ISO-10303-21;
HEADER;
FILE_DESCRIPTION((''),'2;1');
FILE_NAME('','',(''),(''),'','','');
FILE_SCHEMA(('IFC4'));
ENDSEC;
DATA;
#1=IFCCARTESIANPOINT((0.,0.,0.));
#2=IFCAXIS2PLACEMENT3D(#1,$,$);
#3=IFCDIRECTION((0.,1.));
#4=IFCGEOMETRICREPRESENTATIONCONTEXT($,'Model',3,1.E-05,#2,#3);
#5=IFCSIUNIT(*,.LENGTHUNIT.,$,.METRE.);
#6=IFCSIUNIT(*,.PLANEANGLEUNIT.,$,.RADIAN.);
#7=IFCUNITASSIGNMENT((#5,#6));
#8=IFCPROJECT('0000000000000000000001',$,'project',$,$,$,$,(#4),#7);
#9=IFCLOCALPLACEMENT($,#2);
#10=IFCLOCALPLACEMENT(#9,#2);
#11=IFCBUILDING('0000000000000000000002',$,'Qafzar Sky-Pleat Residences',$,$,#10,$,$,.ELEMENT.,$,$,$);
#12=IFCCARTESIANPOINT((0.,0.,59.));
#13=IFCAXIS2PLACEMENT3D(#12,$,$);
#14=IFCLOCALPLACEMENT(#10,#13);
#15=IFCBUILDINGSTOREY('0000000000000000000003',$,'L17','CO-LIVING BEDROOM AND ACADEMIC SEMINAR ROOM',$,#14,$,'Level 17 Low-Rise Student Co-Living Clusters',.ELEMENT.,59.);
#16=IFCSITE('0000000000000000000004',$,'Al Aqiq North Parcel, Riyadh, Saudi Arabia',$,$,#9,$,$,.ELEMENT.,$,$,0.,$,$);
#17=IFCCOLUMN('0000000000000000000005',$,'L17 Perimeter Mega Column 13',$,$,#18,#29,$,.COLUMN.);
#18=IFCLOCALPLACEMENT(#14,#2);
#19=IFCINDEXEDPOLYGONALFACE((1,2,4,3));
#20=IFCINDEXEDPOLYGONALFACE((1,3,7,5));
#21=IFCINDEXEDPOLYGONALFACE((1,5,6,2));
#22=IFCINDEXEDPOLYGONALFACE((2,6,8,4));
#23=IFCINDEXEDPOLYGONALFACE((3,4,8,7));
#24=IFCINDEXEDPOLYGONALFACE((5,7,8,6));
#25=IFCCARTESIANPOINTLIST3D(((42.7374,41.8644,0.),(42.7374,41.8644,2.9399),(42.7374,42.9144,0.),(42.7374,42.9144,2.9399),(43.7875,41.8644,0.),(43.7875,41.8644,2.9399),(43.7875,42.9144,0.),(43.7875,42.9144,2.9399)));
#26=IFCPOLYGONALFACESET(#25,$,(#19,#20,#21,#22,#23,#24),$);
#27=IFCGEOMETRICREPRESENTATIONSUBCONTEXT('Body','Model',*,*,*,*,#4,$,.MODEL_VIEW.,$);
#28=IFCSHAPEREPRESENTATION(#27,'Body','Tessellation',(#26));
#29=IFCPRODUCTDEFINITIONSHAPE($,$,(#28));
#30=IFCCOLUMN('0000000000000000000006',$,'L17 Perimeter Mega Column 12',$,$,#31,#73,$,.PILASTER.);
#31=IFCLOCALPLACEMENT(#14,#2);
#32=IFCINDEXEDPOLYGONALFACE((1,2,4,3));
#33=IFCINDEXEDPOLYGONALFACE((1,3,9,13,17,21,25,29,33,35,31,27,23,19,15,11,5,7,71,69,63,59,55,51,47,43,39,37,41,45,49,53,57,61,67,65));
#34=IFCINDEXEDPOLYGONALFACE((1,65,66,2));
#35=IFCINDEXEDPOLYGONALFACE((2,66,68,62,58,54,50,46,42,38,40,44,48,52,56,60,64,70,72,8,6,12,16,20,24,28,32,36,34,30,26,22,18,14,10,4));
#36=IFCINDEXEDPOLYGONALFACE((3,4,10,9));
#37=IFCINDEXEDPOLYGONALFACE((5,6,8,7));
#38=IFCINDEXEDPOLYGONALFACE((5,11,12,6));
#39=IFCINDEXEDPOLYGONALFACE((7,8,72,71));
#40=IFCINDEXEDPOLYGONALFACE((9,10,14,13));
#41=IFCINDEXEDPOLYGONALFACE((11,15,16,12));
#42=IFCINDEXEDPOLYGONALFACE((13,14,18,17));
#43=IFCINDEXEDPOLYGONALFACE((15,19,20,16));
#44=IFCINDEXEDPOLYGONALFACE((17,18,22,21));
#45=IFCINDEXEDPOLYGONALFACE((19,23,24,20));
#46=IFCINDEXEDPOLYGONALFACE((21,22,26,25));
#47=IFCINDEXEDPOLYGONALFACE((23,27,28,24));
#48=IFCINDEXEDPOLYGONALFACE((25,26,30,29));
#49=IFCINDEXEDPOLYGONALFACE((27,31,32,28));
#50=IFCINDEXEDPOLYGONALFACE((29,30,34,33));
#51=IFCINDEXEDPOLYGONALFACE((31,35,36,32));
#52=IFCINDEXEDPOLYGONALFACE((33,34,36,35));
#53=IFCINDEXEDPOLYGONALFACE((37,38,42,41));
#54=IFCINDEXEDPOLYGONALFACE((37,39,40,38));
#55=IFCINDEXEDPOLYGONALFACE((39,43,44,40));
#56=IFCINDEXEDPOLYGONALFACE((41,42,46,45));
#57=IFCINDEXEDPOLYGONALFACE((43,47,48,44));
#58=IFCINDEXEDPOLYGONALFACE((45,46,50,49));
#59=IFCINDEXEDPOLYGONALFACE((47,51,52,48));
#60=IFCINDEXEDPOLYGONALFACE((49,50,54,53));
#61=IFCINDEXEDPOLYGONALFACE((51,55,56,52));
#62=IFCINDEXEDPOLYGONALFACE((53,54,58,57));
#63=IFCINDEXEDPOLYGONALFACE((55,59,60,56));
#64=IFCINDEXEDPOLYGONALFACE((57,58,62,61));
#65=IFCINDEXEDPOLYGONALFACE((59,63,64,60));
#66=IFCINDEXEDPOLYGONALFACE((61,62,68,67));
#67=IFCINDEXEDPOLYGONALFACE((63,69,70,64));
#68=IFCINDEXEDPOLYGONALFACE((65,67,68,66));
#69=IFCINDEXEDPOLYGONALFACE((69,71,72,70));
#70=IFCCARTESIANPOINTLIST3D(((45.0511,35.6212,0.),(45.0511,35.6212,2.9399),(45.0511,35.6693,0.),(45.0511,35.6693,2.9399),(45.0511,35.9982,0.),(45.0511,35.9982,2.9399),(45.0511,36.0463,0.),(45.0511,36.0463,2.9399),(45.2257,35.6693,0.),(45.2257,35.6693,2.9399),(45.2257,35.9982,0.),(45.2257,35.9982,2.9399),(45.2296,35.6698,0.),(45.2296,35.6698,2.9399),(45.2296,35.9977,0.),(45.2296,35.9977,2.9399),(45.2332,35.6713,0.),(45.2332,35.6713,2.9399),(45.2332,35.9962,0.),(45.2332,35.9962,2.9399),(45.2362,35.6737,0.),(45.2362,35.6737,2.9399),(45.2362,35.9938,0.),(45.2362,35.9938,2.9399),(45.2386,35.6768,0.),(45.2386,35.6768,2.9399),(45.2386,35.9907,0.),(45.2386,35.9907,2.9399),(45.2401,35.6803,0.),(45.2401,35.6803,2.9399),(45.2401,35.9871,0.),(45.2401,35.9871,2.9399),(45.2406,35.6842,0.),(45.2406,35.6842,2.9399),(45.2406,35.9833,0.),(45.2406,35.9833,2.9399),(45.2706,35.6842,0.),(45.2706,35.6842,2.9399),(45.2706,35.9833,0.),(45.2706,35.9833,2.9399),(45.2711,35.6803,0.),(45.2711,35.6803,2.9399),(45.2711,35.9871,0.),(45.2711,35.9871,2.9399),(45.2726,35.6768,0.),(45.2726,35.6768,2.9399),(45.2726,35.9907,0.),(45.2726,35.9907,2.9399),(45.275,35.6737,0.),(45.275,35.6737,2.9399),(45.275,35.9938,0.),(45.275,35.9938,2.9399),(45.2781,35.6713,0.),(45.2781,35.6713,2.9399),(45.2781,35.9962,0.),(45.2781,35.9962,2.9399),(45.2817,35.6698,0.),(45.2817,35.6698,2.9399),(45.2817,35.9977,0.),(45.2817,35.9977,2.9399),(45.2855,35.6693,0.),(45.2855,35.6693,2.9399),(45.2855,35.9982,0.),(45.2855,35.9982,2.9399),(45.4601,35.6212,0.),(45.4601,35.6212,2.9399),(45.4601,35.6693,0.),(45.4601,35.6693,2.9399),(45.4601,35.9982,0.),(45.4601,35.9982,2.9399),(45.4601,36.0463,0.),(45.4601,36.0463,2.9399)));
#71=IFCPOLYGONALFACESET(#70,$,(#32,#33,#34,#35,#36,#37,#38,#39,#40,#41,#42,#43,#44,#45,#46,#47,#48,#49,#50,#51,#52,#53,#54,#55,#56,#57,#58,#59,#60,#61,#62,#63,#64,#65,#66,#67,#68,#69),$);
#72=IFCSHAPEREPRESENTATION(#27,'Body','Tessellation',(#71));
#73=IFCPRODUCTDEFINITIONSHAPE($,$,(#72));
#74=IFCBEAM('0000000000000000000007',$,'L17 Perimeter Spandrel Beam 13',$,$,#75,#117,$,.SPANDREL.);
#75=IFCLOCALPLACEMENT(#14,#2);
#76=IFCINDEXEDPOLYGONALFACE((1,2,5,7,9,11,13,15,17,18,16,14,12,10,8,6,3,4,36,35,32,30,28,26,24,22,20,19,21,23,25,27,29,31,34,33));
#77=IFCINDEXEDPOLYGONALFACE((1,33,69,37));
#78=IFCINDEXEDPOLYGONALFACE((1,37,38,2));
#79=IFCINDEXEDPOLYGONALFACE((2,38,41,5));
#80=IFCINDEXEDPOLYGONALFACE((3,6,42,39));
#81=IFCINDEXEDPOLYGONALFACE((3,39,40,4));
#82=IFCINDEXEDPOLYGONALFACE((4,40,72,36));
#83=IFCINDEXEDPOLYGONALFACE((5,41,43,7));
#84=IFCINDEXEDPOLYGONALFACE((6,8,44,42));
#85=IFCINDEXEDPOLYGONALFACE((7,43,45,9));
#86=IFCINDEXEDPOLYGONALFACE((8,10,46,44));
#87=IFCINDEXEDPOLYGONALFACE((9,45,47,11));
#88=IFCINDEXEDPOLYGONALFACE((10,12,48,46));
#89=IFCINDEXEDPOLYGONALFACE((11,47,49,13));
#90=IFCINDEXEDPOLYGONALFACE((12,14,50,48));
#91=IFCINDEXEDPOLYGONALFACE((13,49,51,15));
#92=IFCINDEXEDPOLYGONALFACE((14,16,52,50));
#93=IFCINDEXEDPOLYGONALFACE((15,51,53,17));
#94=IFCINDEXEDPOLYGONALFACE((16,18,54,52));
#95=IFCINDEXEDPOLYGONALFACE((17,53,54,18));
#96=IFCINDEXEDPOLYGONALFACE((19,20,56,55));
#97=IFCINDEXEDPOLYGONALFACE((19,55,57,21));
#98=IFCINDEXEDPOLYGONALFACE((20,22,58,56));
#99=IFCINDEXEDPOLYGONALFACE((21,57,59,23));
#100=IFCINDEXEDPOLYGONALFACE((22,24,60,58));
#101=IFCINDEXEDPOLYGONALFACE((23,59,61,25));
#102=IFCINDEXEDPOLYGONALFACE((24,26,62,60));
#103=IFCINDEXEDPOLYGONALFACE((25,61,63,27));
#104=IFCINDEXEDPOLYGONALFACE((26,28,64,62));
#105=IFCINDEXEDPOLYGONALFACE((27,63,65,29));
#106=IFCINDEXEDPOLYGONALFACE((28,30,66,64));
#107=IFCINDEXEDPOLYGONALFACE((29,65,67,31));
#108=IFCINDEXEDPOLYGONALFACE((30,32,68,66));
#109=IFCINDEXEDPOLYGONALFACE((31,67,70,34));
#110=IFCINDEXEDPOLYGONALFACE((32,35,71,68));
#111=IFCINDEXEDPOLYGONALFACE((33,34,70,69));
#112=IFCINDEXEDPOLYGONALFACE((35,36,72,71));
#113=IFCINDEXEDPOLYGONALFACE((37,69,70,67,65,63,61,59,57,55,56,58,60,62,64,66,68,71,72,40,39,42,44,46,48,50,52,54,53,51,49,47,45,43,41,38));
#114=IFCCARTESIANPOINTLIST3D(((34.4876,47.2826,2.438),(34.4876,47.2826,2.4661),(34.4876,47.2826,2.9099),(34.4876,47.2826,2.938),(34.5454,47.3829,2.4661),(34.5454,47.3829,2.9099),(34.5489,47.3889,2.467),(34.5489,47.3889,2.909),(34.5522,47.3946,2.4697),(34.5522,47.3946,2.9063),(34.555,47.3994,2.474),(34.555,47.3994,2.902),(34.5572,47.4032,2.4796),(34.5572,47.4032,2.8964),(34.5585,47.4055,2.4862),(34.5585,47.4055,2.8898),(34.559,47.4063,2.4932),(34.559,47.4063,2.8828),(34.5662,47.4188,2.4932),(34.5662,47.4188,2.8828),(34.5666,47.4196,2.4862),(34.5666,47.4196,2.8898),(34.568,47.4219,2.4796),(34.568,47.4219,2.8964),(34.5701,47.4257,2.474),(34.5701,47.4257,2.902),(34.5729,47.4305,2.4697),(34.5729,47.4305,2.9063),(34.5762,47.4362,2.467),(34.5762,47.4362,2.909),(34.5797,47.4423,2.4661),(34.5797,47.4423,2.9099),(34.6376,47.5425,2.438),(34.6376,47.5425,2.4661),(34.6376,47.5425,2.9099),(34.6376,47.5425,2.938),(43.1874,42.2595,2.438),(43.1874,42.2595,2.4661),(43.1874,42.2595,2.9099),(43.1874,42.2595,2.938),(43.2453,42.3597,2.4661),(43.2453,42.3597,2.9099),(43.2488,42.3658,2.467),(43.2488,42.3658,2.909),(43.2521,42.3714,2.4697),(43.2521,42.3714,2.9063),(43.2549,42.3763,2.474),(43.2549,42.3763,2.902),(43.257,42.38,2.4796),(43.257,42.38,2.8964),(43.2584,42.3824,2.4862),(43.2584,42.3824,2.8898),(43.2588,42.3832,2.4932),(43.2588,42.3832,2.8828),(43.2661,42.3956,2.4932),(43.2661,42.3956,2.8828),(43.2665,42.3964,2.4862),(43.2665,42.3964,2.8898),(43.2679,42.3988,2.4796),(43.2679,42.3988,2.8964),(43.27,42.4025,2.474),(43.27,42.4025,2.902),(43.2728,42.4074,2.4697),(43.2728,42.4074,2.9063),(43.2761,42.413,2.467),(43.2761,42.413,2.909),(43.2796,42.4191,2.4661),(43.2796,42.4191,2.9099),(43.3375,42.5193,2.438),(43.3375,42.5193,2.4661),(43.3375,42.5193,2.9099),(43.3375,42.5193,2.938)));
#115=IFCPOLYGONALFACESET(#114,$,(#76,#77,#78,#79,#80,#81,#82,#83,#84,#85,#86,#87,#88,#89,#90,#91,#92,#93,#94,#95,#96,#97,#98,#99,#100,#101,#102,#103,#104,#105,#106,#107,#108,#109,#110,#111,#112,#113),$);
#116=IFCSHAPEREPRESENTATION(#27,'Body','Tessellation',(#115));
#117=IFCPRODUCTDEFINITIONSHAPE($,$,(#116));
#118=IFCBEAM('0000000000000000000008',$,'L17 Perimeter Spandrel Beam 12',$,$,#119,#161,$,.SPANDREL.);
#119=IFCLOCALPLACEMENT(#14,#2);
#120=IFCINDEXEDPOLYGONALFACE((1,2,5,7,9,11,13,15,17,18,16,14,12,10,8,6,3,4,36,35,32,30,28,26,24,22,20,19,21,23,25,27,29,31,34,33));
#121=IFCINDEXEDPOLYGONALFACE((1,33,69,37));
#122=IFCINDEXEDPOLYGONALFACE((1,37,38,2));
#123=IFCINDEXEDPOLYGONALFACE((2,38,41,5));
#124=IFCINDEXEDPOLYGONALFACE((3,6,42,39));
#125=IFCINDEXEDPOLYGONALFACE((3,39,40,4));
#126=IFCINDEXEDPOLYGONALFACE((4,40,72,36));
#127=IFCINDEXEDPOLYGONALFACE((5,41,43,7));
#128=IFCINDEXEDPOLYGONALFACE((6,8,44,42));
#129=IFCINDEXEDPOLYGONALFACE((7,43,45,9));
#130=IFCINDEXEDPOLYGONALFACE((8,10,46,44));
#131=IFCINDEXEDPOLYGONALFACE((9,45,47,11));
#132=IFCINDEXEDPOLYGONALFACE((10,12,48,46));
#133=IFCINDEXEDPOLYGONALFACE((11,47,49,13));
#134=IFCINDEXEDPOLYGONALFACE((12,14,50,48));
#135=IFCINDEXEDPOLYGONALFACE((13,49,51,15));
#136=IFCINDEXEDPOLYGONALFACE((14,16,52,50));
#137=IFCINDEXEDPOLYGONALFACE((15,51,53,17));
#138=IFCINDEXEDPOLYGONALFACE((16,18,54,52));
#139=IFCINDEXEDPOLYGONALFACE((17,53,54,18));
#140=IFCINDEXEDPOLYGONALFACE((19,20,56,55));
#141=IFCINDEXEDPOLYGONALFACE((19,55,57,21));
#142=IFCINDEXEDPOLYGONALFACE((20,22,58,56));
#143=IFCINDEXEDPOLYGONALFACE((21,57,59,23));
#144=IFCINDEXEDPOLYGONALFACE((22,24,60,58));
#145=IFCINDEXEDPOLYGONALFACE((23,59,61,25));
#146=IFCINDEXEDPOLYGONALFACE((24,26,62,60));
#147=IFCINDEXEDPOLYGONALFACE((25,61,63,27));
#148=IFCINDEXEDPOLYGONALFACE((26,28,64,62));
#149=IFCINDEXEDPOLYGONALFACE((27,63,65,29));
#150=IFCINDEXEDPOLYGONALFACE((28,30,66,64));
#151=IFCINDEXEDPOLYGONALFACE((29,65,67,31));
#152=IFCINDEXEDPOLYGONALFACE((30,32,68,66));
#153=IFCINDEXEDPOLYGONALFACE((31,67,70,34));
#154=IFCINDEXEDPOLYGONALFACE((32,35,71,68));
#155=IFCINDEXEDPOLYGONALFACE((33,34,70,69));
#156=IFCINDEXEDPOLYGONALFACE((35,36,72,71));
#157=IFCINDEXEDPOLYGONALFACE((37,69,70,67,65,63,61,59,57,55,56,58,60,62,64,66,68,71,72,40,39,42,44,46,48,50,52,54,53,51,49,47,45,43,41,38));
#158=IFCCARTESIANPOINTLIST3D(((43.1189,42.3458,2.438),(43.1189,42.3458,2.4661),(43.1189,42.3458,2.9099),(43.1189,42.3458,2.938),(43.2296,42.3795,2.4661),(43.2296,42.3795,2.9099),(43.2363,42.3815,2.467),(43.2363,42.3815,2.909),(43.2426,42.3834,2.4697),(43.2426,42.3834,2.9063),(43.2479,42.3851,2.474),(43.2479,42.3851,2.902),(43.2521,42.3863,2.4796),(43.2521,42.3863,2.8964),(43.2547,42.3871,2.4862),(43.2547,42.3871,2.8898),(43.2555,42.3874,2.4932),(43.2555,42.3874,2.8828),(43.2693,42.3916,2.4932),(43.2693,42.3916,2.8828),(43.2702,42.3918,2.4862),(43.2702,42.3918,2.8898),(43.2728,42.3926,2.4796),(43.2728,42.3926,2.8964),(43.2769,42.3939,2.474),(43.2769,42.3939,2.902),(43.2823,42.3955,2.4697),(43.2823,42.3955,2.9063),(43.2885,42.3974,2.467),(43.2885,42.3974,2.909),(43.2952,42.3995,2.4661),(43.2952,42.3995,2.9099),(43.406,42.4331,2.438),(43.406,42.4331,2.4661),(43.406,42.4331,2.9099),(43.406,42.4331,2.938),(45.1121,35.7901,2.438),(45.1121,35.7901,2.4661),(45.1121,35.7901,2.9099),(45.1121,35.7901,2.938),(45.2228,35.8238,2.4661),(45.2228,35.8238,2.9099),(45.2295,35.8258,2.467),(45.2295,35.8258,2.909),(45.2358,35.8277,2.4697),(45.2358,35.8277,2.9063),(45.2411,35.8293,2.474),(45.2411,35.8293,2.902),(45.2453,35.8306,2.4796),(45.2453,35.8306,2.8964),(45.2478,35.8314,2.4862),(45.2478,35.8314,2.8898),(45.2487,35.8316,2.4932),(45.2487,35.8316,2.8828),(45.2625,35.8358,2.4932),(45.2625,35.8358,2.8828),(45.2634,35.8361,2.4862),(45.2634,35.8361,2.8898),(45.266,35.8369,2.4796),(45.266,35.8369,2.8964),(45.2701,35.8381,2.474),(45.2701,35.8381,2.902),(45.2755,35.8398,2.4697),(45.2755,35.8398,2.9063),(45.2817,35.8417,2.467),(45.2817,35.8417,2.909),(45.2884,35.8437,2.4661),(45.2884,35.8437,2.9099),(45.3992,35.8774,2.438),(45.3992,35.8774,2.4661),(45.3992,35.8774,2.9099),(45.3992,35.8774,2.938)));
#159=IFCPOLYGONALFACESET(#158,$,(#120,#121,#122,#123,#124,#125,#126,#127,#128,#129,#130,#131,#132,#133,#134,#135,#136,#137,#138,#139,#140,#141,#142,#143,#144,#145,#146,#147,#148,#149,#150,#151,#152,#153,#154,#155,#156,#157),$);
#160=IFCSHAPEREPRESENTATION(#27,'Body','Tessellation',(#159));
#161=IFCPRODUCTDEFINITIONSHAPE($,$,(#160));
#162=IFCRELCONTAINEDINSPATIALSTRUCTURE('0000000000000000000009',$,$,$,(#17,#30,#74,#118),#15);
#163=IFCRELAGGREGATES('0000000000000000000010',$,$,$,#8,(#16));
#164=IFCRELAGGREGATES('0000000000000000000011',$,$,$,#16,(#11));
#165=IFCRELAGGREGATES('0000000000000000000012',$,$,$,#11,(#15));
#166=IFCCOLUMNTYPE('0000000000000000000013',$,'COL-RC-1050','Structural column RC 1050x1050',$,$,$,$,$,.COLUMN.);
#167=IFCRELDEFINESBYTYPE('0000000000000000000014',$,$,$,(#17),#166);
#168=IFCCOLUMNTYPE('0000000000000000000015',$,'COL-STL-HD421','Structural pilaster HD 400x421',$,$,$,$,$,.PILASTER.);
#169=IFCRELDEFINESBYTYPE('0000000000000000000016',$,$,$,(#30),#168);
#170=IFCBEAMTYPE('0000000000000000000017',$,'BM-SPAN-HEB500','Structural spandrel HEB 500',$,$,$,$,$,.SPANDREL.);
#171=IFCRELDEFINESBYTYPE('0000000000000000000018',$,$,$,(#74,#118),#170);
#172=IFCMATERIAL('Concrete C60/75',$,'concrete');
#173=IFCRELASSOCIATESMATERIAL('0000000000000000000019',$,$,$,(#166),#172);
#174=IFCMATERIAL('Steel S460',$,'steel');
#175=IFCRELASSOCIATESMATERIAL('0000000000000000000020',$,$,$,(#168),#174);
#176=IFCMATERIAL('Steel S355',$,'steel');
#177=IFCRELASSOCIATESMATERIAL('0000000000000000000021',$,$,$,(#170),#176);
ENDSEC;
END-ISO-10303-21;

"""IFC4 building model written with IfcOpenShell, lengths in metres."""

from ifc_helpers import new_model, si_unit, direction, frame, origin, origin_2d, place, context, subcontext, project, spatial, rectangle, i_section, extrude, source, transform, mapped, material, material_profile, profile_set, type_object, element, save


model = new_model("IFC4")

# Units and contexts
model_context = context("Model", 3, precision=1e-05, world=origin(), true_north=direction((0.0, 1.0)))
body_context = subcontext(model_context, "Body", "Model", "MODEL_VIEW")
ifc_project = project(units=[si_unit("LENGTHUNIT", "METRE"), si_unit("PLANEANGLEUNIT", "RADIAN")], contexts=[model_context])

# Site, building, storey
site_placement = place(None, origin())
site = spatial("IfcSite", under=ifc_project, at=site_placement, Name="Al Aqiq North Parcel, Riyadh, Saudi Arabia", CompositionType="ELEMENT", RefElevation=0.0)
building_placement = place(site_placement, origin())
building = spatial("IfcBuilding", under=site, at=building_placement, Name="Qafzar Sky-Pleat Residences", CompositionType="ELEMENT")
storey_placement = place(building_placement, frame((0.0, 0.0, 59.0)))
storey = spatial("IfcBuildingStorey", under=building, at=storey_placement, Name="L17", Description="CO-LIVING BEDROOM AND ACADEMIC SEMINAR ROOM", LongName="Level 17 Low-Rise Student Co-Living Clusters", CompositionType="ELEMENT", Elevation=59.0)

# Columns
ifc_material_1 = material(Name="Concrete C60/75", Category="concrete")
ifc_material_profile_1 = material_profile(ifc_material_1, rectangle(XDim=1.05, YDim=1.05, at=origin_2d()), Name="RC 1050x1050")
ifc_profile_set_1 = profile_set([ifc_material_profile_1], Name="Concrete C60/75")
column_type_1 = type_object("IfcColumnType", Name="COL-RC-1050", Description="Structural column RC 1050x1050", PredefinedType="COLUMN", material=ifc_profile_set_1)
shared_shape_1 = source(origin(), body_context, "Body", "SweptSolid", [
    extrude(rectangle(XDim=1.05, YDim=1.05, at=origin_2d()), origin(), (0.0, 0.0, 1.0), 2.9399),
])
column_1_placement = place(storey_placement, frame((43.2625, 42.3894, 0.0), z_axis=(0.0, 0.0, 1.0), x_axis=(1.0, 0.0, 0.0)))
element("IfcColumn", 1, at=column_1_placement, inside=storey, type_object=column_type_1, Name="L17 Perimeter Mega Column 13", PredefinedType="COLUMN", context=body_context, shape_type="MappedRepresentation", body=[
    mapped(shared_shape_1, transform((0.0, 0.0, 0.0), x_axis=(1.0, 0.0, 0.0), y_axis=(0.0, 1.0, 0.0), z_axis=(0.0, 0.0, 1.0), scale=1.0)),
])
ifc_material_2 = material(Name="Steel S460", Category="steel")
ifc_material_profile_2 = material_profile(ifc_material_2, i_section(OverallWidth=0.4089, OverallDepth=0.425, WebThickness=0.03, FlangeThickness=0.0481, FilletRadius=0.0149, at=origin_2d()), Name="HD 400x421")
ifc_profile_set_2 = profile_set([ifc_material_profile_2], Name="Steel S460")
column_type_2 = type_object("IfcColumnType", Name="COL-STL-HD421", Description="Structural pilaster HD 400x421", PredefinedType="PILASTER", material=ifc_profile_set_2)
shared_shape_2 = source(origin(), body_context, "Body", "SweptSolid", [
    extrude(i_section(OverallWidth=0.4089, OverallDepth=0.425, WebThickness=0.03, FlangeThickness=0.0481, FilletRadius=0.0149, at=origin_2d()), origin(), (0.0, 0.0, 1.0), 2.9399),
])
column_2_placement = place(storey_placement, frame((45.2556, 35.8337, 0.0), z_axis=(0.0, 0.0, 1.0), x_axis=(1.0, 0.0, 0.0)))
element("IfcColumn", 2, at=column_2_placement, inside=storey, type_object=column_type_2, Name="L17 Perimeter Mega Column 12", PredefinedType="PILASTER", context=body_context, shape_type="MappedRepresentation", body=[
    mapped(shared_shape_2, transform((0.0, 0.0, 0.0), x_axis=(1.0, 0.0, 0.0), y_axis=(0.0, 1.0, 0.0), z_axis=(0.0, 0.0, 1.0), scale=1.0)),
])

# Beams
ifc_material_3 = material(Name="Steel S355", Category="steel")
ifc_material_profile_3 = material_profile(ifc_material_3, i_section(OverallWidth=0.3, OverallDepth=0.5, WebThickness=0.0144, FlangeThickness=0.0281, FilletRadius=0.0271, at=origin_2d()), Name="HEB 500")
ifc_profile_set_3 = profile_set([ifc_material_profile_3], Name="Steel S355")
beam_type_1 = type_object("IfcBeamType", Name="BM-SPAN-HEB500", Description="Structural spandrel HEB 500", PredefinedType="SPANDREL", material=ifc_profile_set_3)
shared_shape_3 = source(origin(), body_context, "Body", "SweptSolid", [
    extrude(i_section(OverallWidth=0.3, OverallDepth=0.5, WebThickness=0.0144, FlangeThickness=0.0281, FilletRadius=0.0271, at=origin_2d()), origin(), (0.0, 0.0, 1.0), 10.0459),
])
beam_1_placement = place(storey_placement, frame((43.2625, 42.3894, 2.688), z_axis=(-0.866014, 0.50002, 0.0), x_axis=(-0.50002, -0.866014, 0.0)))
element("IfcBeam", 3, at=beam_1_placement, inside=storey, type_object=beam_type_1, Name="L17 Perimeter Spandrel Beam 13", PredefinedType="SPANDREL", context=body_context, shape_type="MappedRepresentation", body=[
    mapped(shared_shape_3, transform((0.0, 0.0, 0.0), x_axis=(1.0, 0.0, 0.0), y_axis=(0.0, 1.0, 0.0), z_axis=(0.0, 0.0, 1.0), scale=1.0)),
])
shared_shape_4 = source(origin(), body_context, "Body", "SweptSolid", [
    extrude(i_section(OverallWidth=0.3, OverallDepth=0.5, WebThickness=0.0144, FlangeThickness=0.0281, FilletRadius=0.0271, at=origin_2d()), origin(), (0.0, 0.0, 1.0), 6.8521),
])
beam_2_placement = place(storey_placement, frame((45.2556, 35.8337, 2.688), z_axis=(-0.290889, 0.956757, 0.0), x_axis=(-0.956757, -0.290889, 0.0)))
element("IfcBeam", 4, at=beam_2_placement, inside=storey, type_object=beam_type_1, Name="L17 Perimeter Spandrel Beam 12", PredefinedType="SPANDREL", context=body_context, shape_type="MappedRepresentation", body=[
    mapped(shared_shape_4, transform((0.0, 0.0, 0.0), x_axis=(1.0, 0.0, 0.0), y_axis=(0.0, 1.0, 0.0), z_axis=(0.0, 0.0, 1.0), scale=1.0)),
])

save(model, "model.ifc")
